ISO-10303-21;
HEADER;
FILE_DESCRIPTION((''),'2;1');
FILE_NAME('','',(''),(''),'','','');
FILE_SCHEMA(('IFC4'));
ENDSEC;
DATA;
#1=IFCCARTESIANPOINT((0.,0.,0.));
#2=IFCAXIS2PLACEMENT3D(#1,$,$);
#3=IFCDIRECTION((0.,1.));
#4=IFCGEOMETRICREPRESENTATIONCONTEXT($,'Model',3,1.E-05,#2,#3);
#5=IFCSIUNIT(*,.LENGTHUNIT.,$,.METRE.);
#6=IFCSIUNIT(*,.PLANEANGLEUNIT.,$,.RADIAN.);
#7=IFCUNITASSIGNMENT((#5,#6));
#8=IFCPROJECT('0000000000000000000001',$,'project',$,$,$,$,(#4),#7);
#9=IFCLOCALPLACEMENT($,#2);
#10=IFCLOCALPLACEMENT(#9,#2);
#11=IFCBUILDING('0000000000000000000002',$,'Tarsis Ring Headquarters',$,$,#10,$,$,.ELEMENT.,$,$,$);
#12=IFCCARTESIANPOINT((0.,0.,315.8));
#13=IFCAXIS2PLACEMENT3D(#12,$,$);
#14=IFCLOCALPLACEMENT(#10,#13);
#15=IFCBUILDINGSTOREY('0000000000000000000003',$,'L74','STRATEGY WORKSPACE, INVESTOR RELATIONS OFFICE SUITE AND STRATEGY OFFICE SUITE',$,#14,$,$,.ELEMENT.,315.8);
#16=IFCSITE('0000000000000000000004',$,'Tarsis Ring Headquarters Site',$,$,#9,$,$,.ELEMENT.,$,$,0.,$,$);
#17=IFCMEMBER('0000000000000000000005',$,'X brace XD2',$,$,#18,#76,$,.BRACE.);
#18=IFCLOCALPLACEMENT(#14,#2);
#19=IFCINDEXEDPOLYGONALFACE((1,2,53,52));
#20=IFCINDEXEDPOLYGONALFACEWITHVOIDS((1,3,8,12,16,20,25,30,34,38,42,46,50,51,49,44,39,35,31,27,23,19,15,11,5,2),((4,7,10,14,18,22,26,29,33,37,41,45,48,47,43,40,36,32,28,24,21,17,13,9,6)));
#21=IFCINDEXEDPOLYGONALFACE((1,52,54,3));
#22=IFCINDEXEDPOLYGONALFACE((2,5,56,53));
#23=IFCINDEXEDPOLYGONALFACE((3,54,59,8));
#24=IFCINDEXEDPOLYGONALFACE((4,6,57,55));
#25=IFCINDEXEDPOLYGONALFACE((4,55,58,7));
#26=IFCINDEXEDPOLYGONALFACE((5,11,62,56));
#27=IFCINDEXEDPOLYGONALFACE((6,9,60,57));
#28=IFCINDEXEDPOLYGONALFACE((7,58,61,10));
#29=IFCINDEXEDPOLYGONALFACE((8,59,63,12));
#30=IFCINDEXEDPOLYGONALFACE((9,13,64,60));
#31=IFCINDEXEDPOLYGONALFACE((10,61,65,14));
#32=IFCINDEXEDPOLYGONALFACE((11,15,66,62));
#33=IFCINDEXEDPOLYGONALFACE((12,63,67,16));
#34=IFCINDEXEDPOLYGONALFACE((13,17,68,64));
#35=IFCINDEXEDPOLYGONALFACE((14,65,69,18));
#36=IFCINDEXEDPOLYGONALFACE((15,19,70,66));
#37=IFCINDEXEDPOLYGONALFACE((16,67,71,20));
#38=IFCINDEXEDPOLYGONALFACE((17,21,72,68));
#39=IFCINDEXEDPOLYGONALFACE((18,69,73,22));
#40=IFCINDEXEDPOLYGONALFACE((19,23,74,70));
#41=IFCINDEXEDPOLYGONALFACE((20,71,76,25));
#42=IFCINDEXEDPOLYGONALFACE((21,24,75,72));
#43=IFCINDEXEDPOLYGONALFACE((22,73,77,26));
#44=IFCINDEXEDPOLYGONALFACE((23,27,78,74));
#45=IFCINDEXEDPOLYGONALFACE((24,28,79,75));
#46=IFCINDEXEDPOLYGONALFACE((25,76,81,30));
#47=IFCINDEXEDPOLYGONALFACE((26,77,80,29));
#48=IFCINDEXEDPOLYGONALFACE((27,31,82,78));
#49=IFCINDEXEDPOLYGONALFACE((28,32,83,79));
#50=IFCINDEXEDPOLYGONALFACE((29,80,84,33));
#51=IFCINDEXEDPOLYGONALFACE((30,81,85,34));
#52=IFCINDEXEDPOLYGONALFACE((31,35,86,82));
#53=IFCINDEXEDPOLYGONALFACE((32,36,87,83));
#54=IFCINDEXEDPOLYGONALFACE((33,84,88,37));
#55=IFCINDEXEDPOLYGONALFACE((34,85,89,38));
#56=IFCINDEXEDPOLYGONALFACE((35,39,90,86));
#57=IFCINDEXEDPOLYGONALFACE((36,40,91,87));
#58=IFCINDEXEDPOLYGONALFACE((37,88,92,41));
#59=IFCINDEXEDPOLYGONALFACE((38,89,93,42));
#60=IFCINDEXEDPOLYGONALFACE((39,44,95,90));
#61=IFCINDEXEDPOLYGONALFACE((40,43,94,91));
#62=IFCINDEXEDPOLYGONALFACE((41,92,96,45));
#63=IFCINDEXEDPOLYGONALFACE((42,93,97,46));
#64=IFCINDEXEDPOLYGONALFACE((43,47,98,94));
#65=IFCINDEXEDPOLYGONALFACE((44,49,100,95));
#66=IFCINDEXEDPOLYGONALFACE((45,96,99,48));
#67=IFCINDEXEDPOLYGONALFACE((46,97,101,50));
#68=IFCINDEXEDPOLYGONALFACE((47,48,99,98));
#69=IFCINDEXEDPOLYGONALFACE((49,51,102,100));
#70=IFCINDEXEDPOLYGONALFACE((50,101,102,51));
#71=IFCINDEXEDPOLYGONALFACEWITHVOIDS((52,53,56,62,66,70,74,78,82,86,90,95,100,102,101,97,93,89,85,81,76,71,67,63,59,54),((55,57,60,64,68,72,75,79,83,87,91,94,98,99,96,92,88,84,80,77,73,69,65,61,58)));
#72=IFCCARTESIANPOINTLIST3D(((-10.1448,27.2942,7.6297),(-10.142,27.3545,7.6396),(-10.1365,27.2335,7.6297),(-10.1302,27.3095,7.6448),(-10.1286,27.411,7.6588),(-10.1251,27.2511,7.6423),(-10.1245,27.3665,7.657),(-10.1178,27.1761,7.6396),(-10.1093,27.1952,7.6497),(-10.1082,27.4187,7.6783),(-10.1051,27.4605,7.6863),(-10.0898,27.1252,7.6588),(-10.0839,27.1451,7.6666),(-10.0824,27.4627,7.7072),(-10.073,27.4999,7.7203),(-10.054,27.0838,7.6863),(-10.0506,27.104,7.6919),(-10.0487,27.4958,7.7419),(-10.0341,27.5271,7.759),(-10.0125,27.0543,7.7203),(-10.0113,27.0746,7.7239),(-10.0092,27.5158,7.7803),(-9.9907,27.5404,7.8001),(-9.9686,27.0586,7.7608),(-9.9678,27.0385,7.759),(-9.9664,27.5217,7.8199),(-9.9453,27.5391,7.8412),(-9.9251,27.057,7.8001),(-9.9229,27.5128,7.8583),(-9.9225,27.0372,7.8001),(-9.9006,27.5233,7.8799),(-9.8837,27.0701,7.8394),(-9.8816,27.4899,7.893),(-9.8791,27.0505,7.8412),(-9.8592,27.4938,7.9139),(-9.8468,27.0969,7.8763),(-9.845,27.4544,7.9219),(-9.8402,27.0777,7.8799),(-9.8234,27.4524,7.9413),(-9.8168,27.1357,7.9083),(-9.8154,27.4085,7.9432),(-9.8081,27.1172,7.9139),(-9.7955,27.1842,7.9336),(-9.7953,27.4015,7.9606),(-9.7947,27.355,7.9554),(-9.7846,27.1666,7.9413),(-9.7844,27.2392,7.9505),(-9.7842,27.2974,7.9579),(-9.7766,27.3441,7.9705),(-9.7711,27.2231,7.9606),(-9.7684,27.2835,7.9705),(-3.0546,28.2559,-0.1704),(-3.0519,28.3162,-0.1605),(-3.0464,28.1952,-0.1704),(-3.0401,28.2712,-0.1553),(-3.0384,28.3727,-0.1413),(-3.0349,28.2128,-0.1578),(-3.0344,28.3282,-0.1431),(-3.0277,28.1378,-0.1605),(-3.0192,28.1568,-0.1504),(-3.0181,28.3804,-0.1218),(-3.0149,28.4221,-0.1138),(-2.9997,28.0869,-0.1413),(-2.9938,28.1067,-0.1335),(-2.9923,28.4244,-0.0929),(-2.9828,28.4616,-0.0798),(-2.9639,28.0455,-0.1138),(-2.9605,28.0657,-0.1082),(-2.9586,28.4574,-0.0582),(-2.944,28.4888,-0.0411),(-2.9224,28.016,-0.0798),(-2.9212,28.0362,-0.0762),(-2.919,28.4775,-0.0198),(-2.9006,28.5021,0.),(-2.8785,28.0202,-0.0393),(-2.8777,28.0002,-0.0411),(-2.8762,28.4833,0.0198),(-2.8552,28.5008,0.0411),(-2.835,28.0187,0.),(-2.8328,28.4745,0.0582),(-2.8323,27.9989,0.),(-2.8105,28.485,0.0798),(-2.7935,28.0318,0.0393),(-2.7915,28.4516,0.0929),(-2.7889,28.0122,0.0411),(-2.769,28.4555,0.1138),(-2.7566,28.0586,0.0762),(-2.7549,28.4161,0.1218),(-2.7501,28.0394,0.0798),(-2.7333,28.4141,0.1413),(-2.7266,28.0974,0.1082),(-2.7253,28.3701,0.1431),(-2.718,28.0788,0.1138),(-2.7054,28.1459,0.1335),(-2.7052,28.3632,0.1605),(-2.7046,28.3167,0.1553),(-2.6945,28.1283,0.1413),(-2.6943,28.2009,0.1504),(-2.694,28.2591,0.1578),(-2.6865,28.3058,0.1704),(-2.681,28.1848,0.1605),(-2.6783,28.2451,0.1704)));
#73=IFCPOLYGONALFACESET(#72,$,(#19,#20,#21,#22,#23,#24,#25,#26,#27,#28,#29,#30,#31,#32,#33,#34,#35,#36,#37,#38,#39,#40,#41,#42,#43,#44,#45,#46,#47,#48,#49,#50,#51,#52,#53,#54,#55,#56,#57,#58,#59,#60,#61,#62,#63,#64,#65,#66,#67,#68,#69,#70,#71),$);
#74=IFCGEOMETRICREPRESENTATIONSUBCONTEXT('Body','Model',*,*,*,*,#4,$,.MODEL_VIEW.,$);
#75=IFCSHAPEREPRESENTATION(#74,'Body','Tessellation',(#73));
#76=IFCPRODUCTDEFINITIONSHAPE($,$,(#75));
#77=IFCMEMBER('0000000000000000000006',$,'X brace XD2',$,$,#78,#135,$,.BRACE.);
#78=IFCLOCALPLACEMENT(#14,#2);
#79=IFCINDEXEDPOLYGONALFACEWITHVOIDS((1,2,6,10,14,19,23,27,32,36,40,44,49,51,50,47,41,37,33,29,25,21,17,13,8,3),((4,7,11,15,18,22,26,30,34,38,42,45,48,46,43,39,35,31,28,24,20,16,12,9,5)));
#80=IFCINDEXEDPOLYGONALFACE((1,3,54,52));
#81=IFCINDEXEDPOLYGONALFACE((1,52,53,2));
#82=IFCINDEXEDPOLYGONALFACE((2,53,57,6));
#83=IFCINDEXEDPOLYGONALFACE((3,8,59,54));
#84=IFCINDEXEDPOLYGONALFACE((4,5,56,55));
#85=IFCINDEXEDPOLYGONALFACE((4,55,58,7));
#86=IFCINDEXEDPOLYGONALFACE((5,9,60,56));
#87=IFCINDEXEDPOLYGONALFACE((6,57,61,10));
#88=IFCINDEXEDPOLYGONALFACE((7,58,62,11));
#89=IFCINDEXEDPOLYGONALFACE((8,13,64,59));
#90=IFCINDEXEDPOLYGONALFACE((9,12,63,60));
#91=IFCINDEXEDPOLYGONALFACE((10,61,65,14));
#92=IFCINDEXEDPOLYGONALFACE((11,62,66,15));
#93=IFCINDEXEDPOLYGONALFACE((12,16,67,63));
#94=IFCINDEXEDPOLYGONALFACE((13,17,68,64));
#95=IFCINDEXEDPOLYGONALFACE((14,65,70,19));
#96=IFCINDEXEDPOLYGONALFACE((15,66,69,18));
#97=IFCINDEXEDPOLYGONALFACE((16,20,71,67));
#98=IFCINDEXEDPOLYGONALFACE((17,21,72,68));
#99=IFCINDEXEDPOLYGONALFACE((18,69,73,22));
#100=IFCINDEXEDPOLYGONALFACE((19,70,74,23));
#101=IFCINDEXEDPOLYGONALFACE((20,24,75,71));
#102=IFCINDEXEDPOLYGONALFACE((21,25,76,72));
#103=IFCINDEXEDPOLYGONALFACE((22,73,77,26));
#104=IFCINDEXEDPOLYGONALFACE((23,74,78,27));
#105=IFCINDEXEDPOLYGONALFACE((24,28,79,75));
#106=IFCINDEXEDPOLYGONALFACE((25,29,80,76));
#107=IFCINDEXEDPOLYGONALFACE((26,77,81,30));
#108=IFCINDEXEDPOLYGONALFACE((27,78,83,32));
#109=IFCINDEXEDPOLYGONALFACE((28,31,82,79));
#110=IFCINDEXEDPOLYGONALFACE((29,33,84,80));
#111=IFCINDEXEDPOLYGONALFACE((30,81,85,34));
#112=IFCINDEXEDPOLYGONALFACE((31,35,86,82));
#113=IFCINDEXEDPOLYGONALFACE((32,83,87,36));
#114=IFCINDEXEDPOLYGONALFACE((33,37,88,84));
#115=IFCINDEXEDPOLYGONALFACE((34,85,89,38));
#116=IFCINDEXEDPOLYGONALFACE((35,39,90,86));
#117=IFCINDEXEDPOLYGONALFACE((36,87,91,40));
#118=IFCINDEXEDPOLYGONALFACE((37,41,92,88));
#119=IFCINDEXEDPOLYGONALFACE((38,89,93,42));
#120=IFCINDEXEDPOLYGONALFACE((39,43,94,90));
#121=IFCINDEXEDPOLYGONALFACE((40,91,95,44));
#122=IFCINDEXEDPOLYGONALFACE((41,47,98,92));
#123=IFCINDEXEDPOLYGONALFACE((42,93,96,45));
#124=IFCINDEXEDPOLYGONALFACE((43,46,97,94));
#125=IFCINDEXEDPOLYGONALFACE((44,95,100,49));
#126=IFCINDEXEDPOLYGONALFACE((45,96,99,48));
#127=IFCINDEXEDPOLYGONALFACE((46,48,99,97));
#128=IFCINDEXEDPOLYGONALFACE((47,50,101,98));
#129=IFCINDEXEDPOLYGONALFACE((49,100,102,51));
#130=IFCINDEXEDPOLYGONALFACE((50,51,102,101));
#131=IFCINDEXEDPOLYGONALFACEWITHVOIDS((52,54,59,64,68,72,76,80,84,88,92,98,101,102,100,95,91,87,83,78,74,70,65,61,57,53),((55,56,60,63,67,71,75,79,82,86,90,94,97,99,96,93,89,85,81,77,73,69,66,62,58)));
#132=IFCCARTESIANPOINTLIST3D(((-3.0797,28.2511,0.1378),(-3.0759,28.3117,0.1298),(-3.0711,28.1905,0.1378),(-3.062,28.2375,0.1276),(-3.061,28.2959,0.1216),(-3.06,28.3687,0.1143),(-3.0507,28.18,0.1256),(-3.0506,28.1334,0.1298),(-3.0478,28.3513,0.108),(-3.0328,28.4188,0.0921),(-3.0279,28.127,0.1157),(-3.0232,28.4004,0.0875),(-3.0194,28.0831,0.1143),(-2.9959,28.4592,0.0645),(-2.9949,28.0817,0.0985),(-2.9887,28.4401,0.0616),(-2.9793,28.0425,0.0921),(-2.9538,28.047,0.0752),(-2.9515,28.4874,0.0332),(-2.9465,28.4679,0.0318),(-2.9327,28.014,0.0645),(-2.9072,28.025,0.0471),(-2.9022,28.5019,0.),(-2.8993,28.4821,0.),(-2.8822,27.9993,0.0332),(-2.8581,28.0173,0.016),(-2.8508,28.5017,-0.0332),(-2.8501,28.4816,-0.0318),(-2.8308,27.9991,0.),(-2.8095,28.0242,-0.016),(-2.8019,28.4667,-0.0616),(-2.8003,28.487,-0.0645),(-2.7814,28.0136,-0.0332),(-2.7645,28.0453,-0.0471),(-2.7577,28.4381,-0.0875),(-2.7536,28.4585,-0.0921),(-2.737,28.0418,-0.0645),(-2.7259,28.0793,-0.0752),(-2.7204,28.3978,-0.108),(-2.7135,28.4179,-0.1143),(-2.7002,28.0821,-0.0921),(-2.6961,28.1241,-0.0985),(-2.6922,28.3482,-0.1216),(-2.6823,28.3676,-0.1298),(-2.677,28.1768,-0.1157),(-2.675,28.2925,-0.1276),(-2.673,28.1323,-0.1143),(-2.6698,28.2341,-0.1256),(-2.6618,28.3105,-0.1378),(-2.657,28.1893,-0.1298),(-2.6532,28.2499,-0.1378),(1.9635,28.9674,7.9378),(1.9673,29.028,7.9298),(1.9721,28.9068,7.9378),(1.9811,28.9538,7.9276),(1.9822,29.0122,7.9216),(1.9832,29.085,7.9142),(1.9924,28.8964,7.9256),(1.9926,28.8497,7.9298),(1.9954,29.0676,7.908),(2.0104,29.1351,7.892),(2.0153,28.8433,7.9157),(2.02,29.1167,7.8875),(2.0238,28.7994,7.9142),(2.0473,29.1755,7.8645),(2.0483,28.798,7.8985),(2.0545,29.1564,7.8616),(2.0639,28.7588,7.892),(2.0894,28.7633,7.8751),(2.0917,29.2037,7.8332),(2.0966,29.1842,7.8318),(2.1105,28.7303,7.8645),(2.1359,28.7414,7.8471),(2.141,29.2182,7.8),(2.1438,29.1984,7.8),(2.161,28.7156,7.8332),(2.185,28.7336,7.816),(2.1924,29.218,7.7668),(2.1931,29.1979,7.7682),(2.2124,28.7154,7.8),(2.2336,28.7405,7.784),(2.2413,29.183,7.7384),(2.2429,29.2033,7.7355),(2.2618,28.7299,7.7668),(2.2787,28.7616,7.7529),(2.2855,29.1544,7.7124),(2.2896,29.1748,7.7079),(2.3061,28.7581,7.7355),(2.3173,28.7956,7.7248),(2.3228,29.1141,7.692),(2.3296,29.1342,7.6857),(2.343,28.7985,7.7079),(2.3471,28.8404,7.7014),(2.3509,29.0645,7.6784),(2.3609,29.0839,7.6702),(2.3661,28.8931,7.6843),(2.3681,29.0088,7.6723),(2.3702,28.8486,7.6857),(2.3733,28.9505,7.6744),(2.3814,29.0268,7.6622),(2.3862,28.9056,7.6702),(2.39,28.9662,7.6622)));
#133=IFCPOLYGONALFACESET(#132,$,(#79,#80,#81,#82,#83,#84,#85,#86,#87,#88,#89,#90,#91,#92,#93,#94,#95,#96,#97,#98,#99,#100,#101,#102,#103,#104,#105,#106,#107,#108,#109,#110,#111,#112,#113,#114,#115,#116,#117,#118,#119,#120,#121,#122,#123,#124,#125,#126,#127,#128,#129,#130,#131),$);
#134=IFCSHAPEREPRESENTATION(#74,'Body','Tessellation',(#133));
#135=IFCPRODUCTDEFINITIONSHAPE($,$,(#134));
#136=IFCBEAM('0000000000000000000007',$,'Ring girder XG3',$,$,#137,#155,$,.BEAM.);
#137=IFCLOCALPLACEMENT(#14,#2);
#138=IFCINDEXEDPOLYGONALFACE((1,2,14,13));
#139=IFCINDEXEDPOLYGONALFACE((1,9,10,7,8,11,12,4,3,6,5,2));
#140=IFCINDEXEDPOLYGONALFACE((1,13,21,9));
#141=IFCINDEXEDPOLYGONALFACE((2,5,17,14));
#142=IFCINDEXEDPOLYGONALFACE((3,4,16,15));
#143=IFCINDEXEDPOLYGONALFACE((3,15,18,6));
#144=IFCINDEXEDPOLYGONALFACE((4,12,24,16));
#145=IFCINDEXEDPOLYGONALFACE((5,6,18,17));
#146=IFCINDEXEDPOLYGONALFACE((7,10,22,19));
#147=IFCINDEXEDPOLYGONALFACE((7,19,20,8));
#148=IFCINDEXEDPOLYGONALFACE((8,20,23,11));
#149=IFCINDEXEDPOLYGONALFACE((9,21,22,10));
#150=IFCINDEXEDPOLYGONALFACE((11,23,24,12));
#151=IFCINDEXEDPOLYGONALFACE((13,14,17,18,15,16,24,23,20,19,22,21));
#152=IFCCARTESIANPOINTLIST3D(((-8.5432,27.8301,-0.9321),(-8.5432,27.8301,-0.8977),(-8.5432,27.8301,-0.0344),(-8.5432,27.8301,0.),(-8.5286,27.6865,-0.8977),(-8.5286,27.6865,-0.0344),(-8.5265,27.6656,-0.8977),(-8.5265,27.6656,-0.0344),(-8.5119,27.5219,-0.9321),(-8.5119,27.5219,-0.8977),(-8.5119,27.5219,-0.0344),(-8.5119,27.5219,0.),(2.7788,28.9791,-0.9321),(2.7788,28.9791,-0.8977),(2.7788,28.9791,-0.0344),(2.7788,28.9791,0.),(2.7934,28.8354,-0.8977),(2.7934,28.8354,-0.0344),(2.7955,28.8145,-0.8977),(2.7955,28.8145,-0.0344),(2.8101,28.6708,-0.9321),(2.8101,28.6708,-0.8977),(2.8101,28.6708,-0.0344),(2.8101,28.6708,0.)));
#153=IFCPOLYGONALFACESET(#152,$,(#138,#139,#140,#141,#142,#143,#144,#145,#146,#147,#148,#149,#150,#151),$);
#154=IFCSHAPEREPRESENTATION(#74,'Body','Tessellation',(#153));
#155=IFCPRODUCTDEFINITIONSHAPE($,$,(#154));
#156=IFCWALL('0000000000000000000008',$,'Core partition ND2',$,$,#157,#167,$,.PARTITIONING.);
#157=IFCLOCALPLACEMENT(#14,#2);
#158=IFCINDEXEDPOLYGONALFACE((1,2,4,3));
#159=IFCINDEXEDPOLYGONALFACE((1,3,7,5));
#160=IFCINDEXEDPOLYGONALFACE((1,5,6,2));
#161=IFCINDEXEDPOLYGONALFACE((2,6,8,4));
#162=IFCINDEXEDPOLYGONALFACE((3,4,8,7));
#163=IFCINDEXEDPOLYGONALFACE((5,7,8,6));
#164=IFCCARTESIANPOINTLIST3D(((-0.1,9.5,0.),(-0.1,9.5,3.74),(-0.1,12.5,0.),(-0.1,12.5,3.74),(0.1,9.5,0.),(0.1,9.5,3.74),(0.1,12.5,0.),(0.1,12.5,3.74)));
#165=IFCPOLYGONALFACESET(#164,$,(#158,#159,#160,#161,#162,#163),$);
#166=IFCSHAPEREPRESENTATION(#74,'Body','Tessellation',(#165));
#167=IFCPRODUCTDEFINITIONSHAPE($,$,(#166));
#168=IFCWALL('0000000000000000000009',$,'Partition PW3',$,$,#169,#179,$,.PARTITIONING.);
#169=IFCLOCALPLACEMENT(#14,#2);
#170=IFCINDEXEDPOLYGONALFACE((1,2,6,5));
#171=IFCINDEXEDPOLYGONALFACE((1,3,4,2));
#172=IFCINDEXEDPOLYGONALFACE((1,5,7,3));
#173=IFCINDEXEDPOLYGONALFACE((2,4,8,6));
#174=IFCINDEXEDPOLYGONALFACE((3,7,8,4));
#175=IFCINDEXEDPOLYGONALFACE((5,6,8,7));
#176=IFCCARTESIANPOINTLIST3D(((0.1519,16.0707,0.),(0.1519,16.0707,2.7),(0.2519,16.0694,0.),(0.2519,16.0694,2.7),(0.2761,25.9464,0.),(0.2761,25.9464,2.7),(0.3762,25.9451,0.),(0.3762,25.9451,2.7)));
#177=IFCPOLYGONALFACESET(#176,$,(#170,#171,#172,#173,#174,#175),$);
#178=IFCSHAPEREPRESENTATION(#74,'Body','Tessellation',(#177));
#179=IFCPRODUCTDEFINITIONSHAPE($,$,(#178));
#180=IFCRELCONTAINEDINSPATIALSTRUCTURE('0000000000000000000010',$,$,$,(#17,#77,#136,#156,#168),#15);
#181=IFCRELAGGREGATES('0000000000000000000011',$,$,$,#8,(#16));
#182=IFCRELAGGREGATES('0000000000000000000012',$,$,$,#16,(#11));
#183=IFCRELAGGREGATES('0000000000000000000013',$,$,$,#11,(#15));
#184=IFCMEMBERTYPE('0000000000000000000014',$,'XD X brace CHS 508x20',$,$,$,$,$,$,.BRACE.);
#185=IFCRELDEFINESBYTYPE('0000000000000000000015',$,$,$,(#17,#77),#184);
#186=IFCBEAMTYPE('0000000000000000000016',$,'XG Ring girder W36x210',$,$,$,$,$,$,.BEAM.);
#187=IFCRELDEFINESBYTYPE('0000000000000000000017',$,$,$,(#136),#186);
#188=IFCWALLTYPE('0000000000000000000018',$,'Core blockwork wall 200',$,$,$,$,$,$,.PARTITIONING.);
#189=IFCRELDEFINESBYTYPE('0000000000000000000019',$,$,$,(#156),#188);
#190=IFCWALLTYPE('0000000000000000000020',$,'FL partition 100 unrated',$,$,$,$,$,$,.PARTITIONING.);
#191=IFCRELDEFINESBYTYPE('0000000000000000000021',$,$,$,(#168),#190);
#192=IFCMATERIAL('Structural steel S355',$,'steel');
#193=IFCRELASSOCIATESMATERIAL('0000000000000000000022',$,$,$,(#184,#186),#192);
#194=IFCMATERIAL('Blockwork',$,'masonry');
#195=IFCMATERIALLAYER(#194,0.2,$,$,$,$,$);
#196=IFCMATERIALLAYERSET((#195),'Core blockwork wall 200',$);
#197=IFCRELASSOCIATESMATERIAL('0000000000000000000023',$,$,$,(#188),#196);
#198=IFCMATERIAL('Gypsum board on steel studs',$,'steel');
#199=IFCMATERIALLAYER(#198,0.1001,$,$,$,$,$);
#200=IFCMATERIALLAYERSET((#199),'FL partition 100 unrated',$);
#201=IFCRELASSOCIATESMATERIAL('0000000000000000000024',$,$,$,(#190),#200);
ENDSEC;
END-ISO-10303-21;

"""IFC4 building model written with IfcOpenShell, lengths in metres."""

from ifc_helpers import new_model, si_unit, direction, frame, frame_2d, origin, origin_2d, place, context, subcontext, project, spatial, rectangle, hollow_circle, i_section, extrude, material, layer, layer_set, material_profile, profile_set, type_object, element, save


model = new_model("IFC4")

# Units and contexts
model_context = context("Model", 3, precision=1e-05, world=origin(), true_north=direction((0.0, 1.0)))
body_context = subcontext(model_context, "Body", "Model", "MODEL_VIEW")
ifc_project = project(units=[si_unit("LENGTHUNIT", "METRE"), si_unit("PLANEANGLEUNIT", "RADIAN")], contexts=[model_context])

# Site, building, storey
site_placement = place(None, origin())
site = spatial("IfcSite", under=ifc_project, at=site_placement, Name="Tarsis Ring Headquarters Site", CompositionType="ELEMENT", RefElevation=0.0)
building_placement = place(site_placement, origin())
building = spatial("IfcBuilding", under=site, at=building_placement, Name="Tarsis Ring Headquarters", CompositionType="ELEMENT")
storey_placement = place(building_placement, frame((0.0, 0.0, 315.8)))
storey = spatial("IfcBuildingStorey", under=building, at=storey_placement, Name="L74", Description="STRATEGY WORKSPACE, INVESTOR RELATIONS OFFICE SUITE AND STRATEGY OFFICE SUITE", CompositionType="ELEMENT", Elevation=315.8)

# Shared definitions
ifc_material_1 = material(Name="Structural steel S355", Category="steel")

# Members
ifc_material_profile_1 = material_profile(ifc_material_1, hollow_circle(Radius=0.2539, WallThickness=0.02, at=origin_2d()), Name="CHS 508x20")
ifc_profile_set_1 = profile_set([ifc_material_profile_1], Name="Structural steel S355")
member_type = type_object("IfcMemberType", Name="XD X brace CHS 508x20", PredefinedType="BRACE", material=ifc_profile_set_1)
member_1_placement = place(storey_placement, frame((-2.8665, 28.2505, 0.0), z_axis=(-0.669846, -0.090855, 0.73692), x_axis=(0.134405, -0.990926, 0.0)))
element("IfcMember", 1, at=member_1_placement, inside=storey, type_object=member_type, Name="X brace XD2", PredefinedType="BRACE", context=body_context, shape_type="SweptSolid", body=[
    extrude(hollow_circle(Radius=0.2539, WallThickness=0.02, at=origin_2d()), origin(), (0.0, 0.0, 1.0), 10.5847),
])
member_2_placement = place(storey_placement, frame((-2.8665, 28.2505, 0.0), z_axis=(0.54135, 0.07689, 0.837274), x_axis=(-0.140623, 0.990063, 0.0)))
element("IfcMember", 2, at=member_2_placement, inside=storey, type_object=member_type, Name="X brace XD2", PredefinedType="BRACE", context=body_context, shape_type="SweptSolid", body=[
    extrude(hollow_circle(Radius=0.2539, WallThickness=0.02, at=origin_2d()), origin(), (0.0, 0.0, 1.0), 9.3159),
])

# Beam
ifc_material_profile_2 = material_profile(ifc_material_1, i_section(OverallWidth=0.3098, OverallDepth=0.9321, WebThickness=0.021, FlangeThickness=0.0344, at=origin_2d()), Name="W36x210")
ifc_profile_set_2 = profile_set([ifc_material_profile_2], Name="Structural steel S355")
beam_type_1 = type_object("IfcBeamType", Name="XG Ring girder W36x210", PredefinedType="BEAM", material=ifc_profile_set_2)
beam_1_placement = place(storey_placement, frame((2.7944, 28.825, -0.4661), z_axis=(-0.994891, -0.100959, 0.0), x_axis=(0.100959, -0.994891, 0.0)))
element("IfcBeam", 3, at=beam_1_placement, inside=storey, type_object=beam_type_1, Name="Ring girder XG3", PredefinedType="BEAM", context=body_context, shape_type="SweptSolid", body=[
    extrude(i_section(OverallWidth=0.3098, OverallDepth=0.9321, WebThickness=0.021, FlangeThickness=0.0344, at=origin_2d()), origin(), (0.0, 0.0, 1.0), 11.3801),
])

# Walls
ifc_material_2 = material(Name="Blockwork", Category="masonry")
ifc_layer_1 = layer(ifc_material_2, 0.2)
ifc_layer_set_1 = layer_set([ifc_layer_1], Name="Core blockwork wall 200")
wall_type_1 = type_object("IfcWallType", Name="Core blockwork wall 200", PredefinedType="PARTITIONING", material=ifc_layer_set_1)
wall_1_placement = place(storey_placement, frame((0.0, 9.5, 0.0), z_axis=(0.0, 0.0, 1.0), x_axis=(0.0, 1.0, 0.0)))
element("IfcWall", 4, at=wall_1_placement, inside=storey, type_object=wall_type_1, Name="Core partition ND2", PredefinedType="PARTITIONING", context=body_context, shape_type="SweptSolid", body=[
    extrude(rectangle(XDim=3.0, YDim=0.2, at=frame_2d((1.5, 0.0))), origin(), (0.0, 0.0, 1.0), 3.74),
])
ifc_material_3 = material(Name="Gypsum board on steel studs", Category="steel")
ifc_layer_2 = layer(ifc_material_3, 0.1001)
ifc_layer_set_2 = layer_set([ifc_layer_2], Name="FL partition 100 unrated")
wall_type_2 = type_object("IfcWallType", Name="FL partition 100 unrated", PredefinedType="PARTITIONING", material=ifc_layer_set_2)
wall_2_placement = place(storey_placement, frame((0.2019, 16.0701, 0.0), z_axis=(0.0, 0.0, 1.0), x_axis=(0.012582, 0.999921, 0.0)))
element("IfcWall", 5, at=wall_2_placement, inside=storey, type_object=wall_type_2, Name="Partition PW3", PredefinedType="PARTITIONING", context=body_context, shape_type="SweptSolid", body=[
    extrude(rectangle(XDim=9.8765, YDim=0.1001, at=frame_2d((4.9382, 0.0))), origin(), (0.0, 0.0, 1.0), 2.7),
])

save(model, "model.ifc")
